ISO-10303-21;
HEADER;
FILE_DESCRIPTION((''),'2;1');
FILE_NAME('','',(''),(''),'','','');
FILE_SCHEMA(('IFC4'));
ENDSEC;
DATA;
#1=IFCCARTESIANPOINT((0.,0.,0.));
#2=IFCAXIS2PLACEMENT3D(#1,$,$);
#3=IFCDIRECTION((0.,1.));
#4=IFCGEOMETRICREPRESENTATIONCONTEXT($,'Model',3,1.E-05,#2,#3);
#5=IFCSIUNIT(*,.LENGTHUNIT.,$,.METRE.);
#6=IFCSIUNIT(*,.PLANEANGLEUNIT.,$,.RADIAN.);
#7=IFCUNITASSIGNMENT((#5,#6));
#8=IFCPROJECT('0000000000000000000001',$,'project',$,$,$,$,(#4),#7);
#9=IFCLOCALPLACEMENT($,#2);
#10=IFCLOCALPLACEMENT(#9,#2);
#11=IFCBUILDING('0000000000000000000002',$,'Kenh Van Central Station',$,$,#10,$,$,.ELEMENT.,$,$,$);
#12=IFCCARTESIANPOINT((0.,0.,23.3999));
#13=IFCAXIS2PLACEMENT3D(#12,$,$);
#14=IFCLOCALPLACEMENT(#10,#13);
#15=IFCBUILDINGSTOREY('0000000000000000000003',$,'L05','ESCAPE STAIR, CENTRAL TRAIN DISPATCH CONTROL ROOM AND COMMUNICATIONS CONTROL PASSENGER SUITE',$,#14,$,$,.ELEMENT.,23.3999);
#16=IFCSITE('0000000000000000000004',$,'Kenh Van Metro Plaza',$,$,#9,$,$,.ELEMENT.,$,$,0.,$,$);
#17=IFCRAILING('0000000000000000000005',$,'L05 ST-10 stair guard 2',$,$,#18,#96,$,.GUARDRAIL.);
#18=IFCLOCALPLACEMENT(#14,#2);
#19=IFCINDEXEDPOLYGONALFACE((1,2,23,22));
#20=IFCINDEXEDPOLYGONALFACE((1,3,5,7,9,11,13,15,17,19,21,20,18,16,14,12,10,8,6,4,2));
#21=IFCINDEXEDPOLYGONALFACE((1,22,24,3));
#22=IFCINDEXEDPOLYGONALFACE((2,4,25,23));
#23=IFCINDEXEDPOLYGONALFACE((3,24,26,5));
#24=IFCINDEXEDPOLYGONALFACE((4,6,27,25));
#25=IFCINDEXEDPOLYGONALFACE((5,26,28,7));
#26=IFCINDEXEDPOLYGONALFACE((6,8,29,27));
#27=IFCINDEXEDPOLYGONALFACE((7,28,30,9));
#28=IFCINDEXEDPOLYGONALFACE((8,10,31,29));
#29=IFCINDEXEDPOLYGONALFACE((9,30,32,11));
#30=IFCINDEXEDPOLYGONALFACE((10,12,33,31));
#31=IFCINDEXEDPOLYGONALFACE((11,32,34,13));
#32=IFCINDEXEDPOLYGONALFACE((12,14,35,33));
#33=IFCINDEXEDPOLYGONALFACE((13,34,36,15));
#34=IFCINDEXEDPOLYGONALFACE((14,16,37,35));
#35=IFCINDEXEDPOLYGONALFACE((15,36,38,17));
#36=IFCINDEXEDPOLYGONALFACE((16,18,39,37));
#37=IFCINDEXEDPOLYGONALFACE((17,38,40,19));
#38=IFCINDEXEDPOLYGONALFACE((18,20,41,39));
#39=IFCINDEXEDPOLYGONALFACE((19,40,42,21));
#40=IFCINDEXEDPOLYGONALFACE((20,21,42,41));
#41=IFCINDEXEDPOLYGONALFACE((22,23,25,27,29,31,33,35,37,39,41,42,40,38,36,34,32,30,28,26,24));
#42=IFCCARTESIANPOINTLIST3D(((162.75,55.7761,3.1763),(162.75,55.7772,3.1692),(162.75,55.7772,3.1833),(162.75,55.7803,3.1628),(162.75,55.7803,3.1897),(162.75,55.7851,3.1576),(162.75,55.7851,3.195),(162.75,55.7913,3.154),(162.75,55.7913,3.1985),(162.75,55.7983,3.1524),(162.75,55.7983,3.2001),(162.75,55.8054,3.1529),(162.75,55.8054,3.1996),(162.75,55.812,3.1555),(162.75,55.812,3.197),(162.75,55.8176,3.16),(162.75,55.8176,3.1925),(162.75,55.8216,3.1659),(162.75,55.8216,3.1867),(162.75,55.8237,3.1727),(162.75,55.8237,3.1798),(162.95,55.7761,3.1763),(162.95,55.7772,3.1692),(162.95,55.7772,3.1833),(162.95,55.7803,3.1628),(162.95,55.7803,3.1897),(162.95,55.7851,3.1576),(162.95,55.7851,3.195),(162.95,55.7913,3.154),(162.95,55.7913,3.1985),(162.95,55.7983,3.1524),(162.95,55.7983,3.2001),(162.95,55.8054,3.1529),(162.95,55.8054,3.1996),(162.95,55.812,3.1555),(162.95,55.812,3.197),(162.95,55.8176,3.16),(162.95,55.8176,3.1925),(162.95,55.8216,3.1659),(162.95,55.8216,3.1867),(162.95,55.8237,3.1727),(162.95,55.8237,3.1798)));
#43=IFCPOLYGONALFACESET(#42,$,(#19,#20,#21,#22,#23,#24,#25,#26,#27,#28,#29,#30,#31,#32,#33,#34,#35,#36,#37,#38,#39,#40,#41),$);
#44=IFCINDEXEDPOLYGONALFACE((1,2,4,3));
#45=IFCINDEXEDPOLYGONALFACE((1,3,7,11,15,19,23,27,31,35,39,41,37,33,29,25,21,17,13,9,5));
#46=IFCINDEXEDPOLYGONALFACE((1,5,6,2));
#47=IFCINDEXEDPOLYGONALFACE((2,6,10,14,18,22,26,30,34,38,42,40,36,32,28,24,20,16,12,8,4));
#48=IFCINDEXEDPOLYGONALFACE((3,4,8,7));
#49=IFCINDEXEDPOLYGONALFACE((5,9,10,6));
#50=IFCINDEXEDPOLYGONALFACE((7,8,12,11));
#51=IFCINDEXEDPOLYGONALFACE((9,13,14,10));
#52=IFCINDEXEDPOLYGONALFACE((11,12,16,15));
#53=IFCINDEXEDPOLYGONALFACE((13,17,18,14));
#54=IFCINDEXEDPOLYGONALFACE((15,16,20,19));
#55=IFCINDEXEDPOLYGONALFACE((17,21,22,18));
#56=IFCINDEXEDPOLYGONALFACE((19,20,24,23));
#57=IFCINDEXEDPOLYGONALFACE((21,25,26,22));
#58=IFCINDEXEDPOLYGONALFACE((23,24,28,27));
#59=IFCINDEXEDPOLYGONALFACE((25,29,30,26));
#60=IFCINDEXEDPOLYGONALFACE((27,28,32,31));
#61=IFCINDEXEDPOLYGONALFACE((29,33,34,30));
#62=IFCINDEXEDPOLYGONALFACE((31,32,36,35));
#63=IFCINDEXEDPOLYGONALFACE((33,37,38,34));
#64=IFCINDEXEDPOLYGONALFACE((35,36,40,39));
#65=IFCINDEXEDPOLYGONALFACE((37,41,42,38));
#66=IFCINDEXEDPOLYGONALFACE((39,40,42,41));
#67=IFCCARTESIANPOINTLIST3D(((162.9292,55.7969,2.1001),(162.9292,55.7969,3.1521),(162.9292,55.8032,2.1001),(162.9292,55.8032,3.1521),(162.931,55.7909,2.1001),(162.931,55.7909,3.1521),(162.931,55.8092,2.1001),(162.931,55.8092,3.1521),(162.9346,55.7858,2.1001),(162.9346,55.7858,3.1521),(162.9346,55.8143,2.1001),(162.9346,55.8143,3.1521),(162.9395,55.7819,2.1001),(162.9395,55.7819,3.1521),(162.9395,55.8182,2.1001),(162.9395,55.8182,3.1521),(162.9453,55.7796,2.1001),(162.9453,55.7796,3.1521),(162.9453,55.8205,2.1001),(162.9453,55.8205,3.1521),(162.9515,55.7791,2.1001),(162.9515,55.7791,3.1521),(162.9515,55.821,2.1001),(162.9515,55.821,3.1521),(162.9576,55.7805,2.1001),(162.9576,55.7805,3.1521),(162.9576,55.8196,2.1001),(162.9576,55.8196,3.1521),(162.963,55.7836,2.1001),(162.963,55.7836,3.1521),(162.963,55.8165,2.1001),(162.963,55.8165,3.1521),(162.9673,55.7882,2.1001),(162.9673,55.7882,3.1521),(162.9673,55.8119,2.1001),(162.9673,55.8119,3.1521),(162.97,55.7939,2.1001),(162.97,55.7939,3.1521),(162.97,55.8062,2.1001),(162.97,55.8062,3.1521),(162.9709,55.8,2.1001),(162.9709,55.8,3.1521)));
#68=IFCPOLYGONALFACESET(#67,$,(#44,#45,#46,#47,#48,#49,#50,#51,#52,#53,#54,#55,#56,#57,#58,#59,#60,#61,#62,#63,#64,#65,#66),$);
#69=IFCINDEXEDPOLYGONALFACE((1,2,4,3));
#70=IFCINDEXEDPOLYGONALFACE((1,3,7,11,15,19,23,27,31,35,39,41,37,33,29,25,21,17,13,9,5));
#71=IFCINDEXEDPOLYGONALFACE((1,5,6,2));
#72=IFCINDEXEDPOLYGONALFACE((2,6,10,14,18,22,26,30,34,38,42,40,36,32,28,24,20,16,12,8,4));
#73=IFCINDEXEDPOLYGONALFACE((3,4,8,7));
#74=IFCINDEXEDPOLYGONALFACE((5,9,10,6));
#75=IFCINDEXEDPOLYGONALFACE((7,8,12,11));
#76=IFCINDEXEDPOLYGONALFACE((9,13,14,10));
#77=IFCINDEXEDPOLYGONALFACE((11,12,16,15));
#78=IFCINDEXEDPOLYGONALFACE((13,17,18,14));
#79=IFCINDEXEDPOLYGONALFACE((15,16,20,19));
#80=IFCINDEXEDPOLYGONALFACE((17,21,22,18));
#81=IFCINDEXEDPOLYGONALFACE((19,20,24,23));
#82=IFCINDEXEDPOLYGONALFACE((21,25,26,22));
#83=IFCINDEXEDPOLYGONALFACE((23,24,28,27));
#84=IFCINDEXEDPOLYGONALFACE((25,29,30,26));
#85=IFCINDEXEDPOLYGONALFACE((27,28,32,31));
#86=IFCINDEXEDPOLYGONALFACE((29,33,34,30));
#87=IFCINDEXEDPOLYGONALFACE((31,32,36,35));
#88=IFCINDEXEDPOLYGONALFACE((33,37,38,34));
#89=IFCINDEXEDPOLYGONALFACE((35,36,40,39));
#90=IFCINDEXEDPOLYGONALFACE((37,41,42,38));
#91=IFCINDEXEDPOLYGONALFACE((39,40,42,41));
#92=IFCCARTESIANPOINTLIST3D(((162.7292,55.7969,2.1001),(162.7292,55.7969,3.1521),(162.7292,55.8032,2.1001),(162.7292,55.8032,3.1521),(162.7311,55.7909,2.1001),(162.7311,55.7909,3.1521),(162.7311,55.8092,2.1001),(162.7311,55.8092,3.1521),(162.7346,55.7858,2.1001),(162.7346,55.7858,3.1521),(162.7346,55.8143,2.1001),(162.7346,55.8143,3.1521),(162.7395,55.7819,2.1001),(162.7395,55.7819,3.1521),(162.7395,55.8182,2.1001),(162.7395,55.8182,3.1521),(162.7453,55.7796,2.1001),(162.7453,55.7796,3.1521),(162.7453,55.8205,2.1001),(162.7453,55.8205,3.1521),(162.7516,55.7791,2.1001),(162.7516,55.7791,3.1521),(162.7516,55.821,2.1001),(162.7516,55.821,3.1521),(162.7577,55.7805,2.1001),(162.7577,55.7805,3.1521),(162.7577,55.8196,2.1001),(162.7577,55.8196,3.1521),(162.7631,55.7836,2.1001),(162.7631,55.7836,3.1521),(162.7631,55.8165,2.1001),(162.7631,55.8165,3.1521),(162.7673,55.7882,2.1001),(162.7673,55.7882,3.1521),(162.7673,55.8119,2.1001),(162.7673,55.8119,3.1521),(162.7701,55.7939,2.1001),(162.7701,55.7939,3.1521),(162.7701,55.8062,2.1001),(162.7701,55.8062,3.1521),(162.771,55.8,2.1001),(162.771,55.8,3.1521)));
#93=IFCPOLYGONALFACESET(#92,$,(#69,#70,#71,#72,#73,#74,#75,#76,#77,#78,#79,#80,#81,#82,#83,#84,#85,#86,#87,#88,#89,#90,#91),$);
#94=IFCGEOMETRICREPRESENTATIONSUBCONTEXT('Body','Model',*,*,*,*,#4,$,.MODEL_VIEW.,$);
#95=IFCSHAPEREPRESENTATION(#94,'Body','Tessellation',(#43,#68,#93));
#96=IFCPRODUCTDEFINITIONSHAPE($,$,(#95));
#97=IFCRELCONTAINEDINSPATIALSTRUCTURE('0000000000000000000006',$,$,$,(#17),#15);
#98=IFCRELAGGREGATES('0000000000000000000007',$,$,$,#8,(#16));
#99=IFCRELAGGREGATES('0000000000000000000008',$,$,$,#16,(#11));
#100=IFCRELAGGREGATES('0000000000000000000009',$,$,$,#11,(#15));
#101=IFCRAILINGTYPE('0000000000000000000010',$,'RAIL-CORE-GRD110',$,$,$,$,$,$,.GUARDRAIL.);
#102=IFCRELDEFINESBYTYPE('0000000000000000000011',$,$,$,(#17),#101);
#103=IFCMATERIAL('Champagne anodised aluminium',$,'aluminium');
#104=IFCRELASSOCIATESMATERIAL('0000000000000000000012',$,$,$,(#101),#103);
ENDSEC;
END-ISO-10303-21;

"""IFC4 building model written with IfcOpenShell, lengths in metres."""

from ifc_helpers import new_model, si_unit, direction, frame, origin, origin_2d, place, context, subcontext, project, spatial, circle, extrude, material, type_object, element, save


model = new_model("IFC4")

# Units and contexts
model_context = context("Model", 3, precision=1e-05, world=origin(), true_north=direction((0.0, 1.0)))
body_context = subcontext(model_context, "Body", "Model", "MODEL_VIEW")
ifc_project = project(units=[si_unit("LENGTHUNIT", "METRE"), si_unit("PLANEANGLEUNIT", "RADIAN")], contexts=[model_context])

# Site, building, storey
site_placement = place(None, origin())
site = spatial("IfcSite", under=ifc_project, at=site_placement, Name="Kenh Van Metro Plaza", CompositionType="ELEMENT", RefElevation=0.0)
building_placement = place(site_placement, origin())
building = spatial("IfcBuilding", under=site, at=building_placement, Name="Kenh Van Central Station", CompositionType="ELEMENT")
storey_placement = place(building_placement, frame((0.0, 0.0, 23.3999)))
storey = spatial("IfcBuildingStorey", under=building, at=storey_placement, Name="L05", Description="ESCAPE STAIR, CENTRAL TRAIN DISPATCH CONTROL ROOM AND COMMUNICATIONS CONTROL PASSENGER SUITE", CompositionType="ELEMENT", Elevation=23.3999)

# Shared definitions
ifc_material_1 = material(Name="Champagne anodised aluminium", Category="aluminium")

# Railing
railing_type_1 = type_object("IfcRailingType", Name="RAIL-CORE-GRD110", PredefinedType="GUARDRAIL", material=ifc_material_1)
railing_1_placement = place(storey_placement, frame((162.95, 55.8, 2.1001)))
element("IfcRailing", 1, at=railing_1_placement, inside=storey, type_object=railing_type_1, Name="L05 ST-10 stair guard 2", PredefinedType="GUARDRAIL", context=body_context, shape_type="SweptSolid", body=[
    extrude(circle(Radius=0.0239, at=origin_2d()), frame((0.0, 0.0, 1.0762), z_axis=(-1.0, 0.0, 0.0), x_axis=(0.0, -1.0, 0.0)), (0.0, 0.0, 1.0), 0.2),
    extrude(circle(Radius=0.021, at=origin_2d()), origin(), (0.0, 0.0, 1.0), 1.052),
    extrude(circle(Radius=0.021, at=origin_2d()), frame((-0.2, 0.0, 0.0)), (0.0, 0.0, 1.0), 1.052),
])

save(model, "model.ifc")
